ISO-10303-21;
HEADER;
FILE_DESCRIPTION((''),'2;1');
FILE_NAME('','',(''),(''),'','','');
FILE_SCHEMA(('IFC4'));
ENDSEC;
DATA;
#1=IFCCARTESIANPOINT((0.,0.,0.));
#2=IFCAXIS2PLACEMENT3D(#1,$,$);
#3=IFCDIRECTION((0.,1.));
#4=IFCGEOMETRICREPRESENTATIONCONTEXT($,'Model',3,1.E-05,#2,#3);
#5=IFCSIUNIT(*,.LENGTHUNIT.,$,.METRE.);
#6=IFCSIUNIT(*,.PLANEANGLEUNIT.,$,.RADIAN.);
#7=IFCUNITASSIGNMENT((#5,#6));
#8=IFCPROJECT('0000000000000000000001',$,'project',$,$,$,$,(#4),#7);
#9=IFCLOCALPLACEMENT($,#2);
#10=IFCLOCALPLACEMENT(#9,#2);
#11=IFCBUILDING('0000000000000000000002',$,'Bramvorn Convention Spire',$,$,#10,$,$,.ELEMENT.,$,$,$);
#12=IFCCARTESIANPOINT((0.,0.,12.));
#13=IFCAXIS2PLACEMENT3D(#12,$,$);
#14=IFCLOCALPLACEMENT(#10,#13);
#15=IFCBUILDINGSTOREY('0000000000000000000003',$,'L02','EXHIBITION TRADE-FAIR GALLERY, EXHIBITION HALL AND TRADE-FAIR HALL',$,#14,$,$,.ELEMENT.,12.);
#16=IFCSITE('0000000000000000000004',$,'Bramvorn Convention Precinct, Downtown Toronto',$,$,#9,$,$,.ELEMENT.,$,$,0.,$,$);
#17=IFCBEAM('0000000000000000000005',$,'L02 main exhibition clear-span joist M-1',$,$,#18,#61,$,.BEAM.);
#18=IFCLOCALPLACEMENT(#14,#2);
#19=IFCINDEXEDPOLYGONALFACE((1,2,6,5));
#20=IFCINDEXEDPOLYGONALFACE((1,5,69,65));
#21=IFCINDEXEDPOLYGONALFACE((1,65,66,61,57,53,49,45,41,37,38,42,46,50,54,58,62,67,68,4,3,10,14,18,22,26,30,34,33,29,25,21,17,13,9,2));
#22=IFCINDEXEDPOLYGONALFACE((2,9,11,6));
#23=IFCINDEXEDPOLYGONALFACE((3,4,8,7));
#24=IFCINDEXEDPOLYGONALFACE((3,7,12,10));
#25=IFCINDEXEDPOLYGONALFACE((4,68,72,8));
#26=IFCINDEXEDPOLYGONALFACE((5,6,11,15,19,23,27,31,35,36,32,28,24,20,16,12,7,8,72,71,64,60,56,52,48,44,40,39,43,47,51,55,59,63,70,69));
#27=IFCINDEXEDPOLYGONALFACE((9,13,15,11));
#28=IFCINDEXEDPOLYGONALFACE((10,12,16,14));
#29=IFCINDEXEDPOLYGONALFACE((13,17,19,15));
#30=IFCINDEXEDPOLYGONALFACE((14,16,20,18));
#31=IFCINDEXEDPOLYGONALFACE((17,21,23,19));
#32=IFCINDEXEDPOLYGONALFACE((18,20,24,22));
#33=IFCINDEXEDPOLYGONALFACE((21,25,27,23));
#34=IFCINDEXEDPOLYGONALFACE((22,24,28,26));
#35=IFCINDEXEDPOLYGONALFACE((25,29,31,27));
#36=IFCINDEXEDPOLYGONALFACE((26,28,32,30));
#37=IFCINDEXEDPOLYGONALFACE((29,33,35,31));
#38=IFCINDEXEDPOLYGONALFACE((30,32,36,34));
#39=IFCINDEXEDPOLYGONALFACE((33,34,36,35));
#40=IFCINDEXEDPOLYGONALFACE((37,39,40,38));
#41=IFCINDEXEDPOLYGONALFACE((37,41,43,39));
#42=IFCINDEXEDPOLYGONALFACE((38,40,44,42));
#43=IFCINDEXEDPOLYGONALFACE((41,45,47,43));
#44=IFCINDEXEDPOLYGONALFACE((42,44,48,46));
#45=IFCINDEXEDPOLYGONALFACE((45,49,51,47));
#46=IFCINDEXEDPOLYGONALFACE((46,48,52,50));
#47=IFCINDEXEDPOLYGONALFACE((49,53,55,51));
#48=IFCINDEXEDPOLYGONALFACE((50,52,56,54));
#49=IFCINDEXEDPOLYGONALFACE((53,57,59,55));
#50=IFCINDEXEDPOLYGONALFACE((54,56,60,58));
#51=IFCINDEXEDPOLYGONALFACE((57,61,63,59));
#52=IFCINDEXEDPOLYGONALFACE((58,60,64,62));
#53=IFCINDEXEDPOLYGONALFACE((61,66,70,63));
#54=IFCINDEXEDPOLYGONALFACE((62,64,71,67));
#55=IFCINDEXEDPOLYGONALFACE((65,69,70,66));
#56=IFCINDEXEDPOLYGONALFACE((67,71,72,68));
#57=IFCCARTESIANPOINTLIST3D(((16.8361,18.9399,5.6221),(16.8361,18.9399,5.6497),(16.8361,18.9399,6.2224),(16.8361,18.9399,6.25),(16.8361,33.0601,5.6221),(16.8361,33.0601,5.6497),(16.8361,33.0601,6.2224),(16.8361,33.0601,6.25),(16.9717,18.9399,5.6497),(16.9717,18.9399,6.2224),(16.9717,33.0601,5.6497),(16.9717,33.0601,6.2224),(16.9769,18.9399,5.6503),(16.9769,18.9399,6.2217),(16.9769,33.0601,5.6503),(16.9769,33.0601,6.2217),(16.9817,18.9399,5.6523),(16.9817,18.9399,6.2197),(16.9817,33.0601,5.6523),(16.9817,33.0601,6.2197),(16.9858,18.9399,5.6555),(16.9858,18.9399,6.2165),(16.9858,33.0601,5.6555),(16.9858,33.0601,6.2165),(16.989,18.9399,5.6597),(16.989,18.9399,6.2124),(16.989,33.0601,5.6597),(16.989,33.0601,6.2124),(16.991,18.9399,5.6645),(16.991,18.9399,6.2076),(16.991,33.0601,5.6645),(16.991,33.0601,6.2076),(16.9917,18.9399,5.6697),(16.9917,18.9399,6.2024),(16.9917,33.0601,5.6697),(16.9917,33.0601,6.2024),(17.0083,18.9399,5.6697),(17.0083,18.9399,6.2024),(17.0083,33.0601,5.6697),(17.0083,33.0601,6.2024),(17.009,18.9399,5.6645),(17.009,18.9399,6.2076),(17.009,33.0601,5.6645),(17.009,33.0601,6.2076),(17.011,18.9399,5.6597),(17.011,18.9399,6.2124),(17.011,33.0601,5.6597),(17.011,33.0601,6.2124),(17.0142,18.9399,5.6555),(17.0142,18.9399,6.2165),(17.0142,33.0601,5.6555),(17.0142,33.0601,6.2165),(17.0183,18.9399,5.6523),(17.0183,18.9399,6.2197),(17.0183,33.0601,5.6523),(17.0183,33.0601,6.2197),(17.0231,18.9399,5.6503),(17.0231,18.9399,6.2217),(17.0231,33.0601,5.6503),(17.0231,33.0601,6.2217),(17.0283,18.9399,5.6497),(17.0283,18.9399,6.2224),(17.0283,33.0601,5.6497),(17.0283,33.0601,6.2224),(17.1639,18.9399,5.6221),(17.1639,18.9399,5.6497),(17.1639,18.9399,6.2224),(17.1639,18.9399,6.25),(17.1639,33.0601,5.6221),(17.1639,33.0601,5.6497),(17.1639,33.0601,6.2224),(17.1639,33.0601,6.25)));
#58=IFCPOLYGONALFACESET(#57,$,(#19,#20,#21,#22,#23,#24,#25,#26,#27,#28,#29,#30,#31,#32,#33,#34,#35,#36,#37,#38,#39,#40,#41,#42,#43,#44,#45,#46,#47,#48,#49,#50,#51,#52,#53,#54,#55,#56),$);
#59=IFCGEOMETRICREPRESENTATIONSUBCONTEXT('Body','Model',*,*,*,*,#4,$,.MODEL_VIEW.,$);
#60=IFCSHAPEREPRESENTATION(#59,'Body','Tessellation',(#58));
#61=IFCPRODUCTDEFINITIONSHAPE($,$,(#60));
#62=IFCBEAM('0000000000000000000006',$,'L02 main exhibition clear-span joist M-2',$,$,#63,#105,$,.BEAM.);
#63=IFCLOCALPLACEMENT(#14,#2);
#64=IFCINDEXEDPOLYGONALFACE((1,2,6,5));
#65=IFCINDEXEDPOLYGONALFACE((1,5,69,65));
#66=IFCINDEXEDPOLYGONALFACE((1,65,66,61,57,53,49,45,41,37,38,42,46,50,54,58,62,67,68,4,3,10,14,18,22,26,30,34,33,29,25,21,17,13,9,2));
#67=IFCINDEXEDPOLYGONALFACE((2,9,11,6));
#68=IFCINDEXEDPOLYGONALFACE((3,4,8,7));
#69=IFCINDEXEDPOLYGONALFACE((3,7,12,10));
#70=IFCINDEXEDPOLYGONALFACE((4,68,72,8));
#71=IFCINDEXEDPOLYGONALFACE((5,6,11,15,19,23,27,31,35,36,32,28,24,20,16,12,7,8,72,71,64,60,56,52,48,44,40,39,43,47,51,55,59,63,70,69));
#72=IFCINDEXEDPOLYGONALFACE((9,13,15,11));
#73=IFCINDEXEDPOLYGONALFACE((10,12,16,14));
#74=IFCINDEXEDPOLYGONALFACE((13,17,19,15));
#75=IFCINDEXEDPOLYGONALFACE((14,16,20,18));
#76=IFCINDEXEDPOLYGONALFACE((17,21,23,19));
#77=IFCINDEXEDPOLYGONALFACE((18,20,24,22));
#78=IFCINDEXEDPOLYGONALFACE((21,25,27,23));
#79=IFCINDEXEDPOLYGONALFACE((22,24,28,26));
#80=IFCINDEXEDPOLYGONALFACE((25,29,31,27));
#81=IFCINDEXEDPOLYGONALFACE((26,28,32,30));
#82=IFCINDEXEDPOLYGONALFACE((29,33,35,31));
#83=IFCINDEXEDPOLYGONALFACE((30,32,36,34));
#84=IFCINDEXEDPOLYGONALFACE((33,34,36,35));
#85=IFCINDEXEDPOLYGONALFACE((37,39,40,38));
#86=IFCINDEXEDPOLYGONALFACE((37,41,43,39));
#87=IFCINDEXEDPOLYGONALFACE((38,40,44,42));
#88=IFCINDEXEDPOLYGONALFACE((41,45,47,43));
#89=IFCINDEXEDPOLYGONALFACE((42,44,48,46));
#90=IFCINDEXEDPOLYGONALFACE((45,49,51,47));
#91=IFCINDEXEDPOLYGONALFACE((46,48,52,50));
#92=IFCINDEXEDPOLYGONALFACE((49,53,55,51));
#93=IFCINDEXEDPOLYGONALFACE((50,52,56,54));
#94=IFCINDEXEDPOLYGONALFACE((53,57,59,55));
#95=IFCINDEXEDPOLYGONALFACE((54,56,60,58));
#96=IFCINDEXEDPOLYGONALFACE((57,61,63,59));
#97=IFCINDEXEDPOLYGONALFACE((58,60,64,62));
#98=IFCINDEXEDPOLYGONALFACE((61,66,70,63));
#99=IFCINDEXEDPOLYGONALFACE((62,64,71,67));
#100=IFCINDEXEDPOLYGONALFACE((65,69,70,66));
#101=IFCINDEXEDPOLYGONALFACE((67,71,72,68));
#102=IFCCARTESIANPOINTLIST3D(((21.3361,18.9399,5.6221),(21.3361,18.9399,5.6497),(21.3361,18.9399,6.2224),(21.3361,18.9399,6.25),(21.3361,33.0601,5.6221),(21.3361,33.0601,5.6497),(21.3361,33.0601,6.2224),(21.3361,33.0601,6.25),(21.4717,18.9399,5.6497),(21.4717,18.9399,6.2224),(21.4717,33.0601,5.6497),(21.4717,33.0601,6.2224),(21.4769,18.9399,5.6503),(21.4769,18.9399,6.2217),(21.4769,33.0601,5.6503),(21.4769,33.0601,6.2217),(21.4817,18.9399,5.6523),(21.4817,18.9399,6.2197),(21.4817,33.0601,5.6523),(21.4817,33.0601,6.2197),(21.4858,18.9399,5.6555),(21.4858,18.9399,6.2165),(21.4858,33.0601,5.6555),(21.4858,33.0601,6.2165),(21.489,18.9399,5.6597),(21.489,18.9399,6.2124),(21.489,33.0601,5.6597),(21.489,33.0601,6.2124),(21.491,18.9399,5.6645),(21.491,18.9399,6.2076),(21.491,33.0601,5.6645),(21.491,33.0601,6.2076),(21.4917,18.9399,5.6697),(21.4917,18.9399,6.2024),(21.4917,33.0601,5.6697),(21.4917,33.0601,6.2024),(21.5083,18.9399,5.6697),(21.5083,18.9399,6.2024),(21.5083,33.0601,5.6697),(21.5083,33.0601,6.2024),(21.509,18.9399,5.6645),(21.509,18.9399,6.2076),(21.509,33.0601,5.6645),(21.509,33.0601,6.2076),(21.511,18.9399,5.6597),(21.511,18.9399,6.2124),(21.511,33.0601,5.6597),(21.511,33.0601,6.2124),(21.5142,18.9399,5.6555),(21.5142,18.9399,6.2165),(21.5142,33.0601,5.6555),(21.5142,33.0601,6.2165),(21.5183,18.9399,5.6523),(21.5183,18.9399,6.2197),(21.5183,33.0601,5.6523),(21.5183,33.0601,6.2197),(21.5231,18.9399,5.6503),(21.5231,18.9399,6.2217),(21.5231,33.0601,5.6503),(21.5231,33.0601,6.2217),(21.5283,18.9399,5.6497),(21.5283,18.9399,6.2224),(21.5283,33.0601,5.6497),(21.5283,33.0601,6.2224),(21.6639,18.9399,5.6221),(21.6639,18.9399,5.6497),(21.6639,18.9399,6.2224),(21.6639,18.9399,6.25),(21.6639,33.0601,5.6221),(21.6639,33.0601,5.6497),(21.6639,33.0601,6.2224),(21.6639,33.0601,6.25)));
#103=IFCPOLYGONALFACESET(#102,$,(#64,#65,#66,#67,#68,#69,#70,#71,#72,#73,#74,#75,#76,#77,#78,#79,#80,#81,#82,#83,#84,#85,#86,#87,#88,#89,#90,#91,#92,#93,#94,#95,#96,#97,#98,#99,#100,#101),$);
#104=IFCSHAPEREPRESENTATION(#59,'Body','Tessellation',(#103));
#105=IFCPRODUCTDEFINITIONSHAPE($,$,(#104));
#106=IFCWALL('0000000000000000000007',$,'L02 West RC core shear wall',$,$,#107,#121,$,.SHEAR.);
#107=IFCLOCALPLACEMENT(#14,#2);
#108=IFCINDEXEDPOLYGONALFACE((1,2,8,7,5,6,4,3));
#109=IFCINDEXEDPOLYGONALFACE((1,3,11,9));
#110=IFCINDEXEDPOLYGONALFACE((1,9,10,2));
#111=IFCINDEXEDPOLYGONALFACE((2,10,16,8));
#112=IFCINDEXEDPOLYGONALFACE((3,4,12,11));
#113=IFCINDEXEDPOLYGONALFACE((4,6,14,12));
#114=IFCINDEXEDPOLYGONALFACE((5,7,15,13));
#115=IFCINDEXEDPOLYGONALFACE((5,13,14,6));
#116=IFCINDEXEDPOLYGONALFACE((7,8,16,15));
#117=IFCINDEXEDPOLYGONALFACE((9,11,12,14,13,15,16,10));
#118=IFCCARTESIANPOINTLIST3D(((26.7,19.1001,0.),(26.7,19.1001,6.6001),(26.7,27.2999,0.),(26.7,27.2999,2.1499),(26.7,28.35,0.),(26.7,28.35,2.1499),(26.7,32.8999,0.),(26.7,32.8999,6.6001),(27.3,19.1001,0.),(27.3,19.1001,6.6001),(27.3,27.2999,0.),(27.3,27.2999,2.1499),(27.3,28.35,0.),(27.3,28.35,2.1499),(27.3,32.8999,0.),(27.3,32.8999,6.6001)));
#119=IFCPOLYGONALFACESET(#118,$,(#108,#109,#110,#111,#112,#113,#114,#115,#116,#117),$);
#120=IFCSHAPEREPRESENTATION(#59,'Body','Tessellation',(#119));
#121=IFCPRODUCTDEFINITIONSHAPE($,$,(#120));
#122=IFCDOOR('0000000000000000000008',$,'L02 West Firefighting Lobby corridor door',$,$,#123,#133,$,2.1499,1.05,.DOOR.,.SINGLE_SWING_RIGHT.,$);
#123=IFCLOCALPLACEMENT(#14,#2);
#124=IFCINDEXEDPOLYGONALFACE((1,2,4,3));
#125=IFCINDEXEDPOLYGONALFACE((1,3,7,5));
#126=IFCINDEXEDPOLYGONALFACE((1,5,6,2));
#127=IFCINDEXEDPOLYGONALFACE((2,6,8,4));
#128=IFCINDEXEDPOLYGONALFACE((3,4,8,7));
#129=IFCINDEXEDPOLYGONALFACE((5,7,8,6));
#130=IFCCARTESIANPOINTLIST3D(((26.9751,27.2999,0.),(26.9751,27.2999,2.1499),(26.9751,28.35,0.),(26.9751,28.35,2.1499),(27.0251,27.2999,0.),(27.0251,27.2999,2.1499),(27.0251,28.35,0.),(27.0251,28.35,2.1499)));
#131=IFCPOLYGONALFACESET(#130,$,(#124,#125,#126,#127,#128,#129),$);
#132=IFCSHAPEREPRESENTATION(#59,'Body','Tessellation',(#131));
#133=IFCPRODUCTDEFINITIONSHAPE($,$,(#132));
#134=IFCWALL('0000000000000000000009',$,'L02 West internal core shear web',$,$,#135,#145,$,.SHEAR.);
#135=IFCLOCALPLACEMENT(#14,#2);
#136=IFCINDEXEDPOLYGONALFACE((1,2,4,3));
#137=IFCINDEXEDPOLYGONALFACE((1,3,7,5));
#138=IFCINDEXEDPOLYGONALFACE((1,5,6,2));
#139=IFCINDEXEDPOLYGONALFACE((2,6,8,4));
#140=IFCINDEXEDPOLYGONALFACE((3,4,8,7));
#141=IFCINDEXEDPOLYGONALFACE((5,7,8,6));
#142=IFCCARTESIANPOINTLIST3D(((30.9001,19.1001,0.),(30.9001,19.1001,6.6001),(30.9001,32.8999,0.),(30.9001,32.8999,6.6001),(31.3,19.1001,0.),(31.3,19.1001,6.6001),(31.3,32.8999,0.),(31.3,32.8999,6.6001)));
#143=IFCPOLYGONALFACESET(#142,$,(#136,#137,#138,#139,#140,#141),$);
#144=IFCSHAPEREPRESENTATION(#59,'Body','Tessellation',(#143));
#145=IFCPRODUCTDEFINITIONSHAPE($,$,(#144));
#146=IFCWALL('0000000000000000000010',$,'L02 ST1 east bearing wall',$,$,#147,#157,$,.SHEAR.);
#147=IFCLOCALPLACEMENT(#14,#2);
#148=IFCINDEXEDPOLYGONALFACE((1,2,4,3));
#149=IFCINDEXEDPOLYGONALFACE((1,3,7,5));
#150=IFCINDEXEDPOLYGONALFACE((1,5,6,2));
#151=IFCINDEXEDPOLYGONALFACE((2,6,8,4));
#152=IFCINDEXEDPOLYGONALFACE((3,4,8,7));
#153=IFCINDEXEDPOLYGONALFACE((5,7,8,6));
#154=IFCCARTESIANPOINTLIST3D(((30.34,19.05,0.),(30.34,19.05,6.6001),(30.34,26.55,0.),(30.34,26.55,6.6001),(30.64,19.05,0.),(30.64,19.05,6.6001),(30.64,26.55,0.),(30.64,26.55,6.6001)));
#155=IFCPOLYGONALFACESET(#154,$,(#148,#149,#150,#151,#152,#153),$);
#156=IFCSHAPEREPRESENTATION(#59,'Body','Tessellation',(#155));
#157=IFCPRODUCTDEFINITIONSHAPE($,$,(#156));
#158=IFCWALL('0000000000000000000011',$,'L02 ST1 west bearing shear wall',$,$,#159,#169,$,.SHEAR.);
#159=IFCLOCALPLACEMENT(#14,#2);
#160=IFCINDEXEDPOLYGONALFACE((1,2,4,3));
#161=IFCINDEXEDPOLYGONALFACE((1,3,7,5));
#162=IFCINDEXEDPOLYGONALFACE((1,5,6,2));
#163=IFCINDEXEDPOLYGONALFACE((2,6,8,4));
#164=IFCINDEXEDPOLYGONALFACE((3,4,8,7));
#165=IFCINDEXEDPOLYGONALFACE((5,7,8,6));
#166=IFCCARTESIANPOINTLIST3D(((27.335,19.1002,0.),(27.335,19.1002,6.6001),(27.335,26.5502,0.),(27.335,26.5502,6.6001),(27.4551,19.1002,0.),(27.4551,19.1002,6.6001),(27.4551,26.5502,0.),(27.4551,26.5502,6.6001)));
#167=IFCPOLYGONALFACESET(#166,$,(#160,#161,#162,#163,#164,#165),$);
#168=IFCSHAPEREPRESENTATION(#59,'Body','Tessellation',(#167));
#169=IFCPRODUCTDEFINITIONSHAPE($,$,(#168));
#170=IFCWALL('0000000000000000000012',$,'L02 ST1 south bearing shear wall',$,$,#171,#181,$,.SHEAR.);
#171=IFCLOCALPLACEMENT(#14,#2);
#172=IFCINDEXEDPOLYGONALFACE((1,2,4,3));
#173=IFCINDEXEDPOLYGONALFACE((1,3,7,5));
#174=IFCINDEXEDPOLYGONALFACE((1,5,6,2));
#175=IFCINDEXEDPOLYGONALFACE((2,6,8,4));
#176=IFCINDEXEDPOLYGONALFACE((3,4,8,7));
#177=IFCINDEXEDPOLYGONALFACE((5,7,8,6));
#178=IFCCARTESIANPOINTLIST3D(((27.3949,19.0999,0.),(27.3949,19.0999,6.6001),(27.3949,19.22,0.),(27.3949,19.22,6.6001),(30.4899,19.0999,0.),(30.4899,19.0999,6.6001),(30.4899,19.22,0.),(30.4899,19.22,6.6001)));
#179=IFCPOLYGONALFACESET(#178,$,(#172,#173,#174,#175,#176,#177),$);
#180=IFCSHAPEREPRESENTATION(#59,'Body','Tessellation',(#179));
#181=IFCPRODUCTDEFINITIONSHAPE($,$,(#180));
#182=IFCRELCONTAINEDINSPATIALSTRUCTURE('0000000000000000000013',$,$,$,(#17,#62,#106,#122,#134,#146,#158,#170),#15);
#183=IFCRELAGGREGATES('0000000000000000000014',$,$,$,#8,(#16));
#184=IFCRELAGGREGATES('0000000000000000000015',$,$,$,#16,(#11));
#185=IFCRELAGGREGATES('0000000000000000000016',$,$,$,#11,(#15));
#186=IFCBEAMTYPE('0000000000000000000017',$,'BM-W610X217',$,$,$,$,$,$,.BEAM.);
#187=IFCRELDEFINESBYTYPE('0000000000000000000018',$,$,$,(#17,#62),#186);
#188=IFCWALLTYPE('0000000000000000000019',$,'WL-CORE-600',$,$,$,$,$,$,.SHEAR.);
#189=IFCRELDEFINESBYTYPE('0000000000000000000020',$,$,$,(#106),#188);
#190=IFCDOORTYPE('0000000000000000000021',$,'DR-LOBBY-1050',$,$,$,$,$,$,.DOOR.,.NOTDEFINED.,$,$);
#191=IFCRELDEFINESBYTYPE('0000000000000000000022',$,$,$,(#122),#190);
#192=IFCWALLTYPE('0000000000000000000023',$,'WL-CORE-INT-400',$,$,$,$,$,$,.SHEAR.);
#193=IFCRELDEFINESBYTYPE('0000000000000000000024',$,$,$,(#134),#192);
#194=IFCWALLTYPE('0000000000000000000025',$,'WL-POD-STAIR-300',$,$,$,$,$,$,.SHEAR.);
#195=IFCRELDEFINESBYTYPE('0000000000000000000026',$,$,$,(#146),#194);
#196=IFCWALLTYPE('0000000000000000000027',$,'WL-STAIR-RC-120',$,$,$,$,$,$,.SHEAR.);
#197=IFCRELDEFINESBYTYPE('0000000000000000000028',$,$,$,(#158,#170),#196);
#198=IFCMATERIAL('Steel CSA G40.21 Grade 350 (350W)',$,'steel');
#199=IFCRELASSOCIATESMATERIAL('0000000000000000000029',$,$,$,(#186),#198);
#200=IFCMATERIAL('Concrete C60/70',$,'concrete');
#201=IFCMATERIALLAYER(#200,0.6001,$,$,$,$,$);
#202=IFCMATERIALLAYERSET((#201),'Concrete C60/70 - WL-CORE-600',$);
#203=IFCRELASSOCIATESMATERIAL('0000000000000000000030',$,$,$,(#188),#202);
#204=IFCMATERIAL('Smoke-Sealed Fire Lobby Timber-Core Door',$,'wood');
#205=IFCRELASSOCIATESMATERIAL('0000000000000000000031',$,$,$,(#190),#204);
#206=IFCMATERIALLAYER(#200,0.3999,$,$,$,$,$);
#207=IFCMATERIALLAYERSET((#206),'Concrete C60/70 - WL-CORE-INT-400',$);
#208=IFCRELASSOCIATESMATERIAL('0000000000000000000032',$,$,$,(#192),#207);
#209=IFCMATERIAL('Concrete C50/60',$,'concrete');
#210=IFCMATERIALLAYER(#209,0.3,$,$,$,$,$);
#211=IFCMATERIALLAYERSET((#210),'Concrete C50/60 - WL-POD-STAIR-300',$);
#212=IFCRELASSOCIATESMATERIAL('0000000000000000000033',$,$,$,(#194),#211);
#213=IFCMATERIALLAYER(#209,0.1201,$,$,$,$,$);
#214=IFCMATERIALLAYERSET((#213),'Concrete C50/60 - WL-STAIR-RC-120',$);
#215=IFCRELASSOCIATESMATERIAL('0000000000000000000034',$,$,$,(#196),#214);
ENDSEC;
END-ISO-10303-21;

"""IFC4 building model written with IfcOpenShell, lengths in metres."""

from ifc_helpers import new_model, si_unit, direction, frame, frame_2d, origin, origin_2d, place, context, subcontext, project, spatial, rectangle, i_section, extrude, material, layer, layer_set, material_profile, profile_set, type_object, element, fill, save


model = new_model("IFC4")

# Units and contexts
model_context = context("Model", 3, precision=1e-05, world=origin(), true_north=direction((0.0, 1.0)))
body_context = subcontext(model_context, "Body", "Model", "MODEL_VIEW")
ifc_project = project(units=[si_unit("LENGTHUNIT", "METRE"), si_unit("PLANEANGLEUNIT", "RADIAN")], contexts=[model_context])

# Site, building, storey
site_placement = place(None, origin())
site = spatial("IfcSite", under=ifc_project, at=site_placement, Name="Bramvorn Convention Precinct, Downtown Toronto", CompositionType="ELEMENT", RefElevation=0.0)
building_placement = place(site_placement, origin())
building = spatial("IfcBuilding", under=site, at=building_placement, Name="Bramvorn Convention Spire", CompositionType="ELEMENT")
storey_placement = place(building_placement, frame((0.0, 0.0, 12.0)))
storey = spatial("IfcBuildingStorey", under=building, at=storey_placement, Name="L02", Description="EXHIBITION TRADE-FAIR GALLERY, EXHIBITION HALL AND TRADE-FAIR HALL", CompositionType="ELEMENT", Elevation=12.0)

# Beams
ifc_material_1 = material(Name="Steel CSA G40.21 Grade 350 (350W)", Category="steel")
ifc_material_profile = material_profile(ifc_material_1, i_section(OverallWidth=0.3279, OverallDepth=0.6279, WebThickness=0.0166, FlangeThickness=0.0276, FilletRadius=0.02, at=origin_2d()))
ifc_profile_set = profile_set([ifc_material_profile], Name="Steel CSA G40.21 Grade 350 (350W) - W610X217")
beam_type = type_object("IfcBeamType", Name="BM-W610X217", PredefinedType="BEAM", material=ifc_profile_set)
for number, where, z_axis, x_axis, name in (
    (1, (17.0, 18.9399, 5.936), (0.0, 1.0, 0.0), (-1.0, 0.0, 0.0), "L02 main exhibition clear-span joist M-1"),
    (2, (21.5, 18.9399, 5.936), (0.0, 1.0, 0.0), (-1.0, 0.0, 0.0), "L02 main exhibition clear-span joist M-2"),
):
    element("IfcBeam", number, at=place(storey_placement, frame(where, z_axis=z_axis, x_axis=x_axis)), inside=storey, type_object=beam_type, Name=name, PredefinedType="BEAM", context=body_context, shape_type="SweptSolid", body=[
        extrude(i_section(OverallWidth=0.3279, OverallDepth=0.6279, WebThickness=0.0166, FlangeThickness=0.0276, FilletRadius=0.02, at=origin_2d()), origin(), (0.0, 0.0, 1.0), 14.1201),
    ])

# Wall, opening, door
ifc_material_2 = material(Name="Concrete C60/70", Category="concrete")
ifc_layer_1 = layer(ifc_material_2, 0.6001)
ifc_layer_set_1 = layer_set([ifc_layer_1], Name="Concrete C60/70 - WL-CORE-600")
wall_type_1 = type_object("IfcWallType", Name="WL-CORE-600", PredefinedType="SHEAR", material=ifc_layer_set_1)
wall_1_placement = place(storey_placement, frame((27.0, 19.1001, 0.0), z_axis=(0.0, 0.0, 1.0), x_axis=(0.0, 1.0, 0.0)))
wall_1 = element("IfcWall", 3, at=wall_1_placement, inside=storey, type_object=wall_type_1, Name="L02 West RC core shear wall", PredefinedType="SHEAR", context=body_context, shape_type="SweptSolid", body=[
    extrude(rectangle(XDim=13.7998, YDim=0.6001, at=frame_2d((6.8999, 0.0))), origin(), (0.0, 0.0, 1.0), 6.6001),
])
opening_placement = place(wall_1_placement, frame((8.2, 0.0, 0.0)))
opening = element("IfcOpeningElement", 4, at=opening_placement, cuts=wall_1, PredefinedType="OPENING", context=body_context, shape_type="SweptSolid", body=[
    extrude(rectangle(XDim=1.05, YDim=2.1499, at=frame_2d((0.5249, 1.075))), frame((0.0, 0.3101, 0.0), z_axis=(0.0, -1.0, 0.0), x_axis=(1.0, 0.0, 0.0)), (0.0, 0.0, 1.0), 0.6201),
])
ifc_material_3 = material(Name="Smoke-Sealed Fire Lobby Timber-Core Door", Category="wood")
door_type = type_object("IfcDoorType", Name="DR-LOBBY-1050", OperationType="NOTDEFINED", PredefinedType="DOOR", material=ifc_material_3)
door_placement = place(opening_placement, origin())
door = element("IfcDoor", 5, at=door_placement, inside=storey, type_object=door_type, Name="L02 West Firefighting Lobby corridor door", OperationType="SINGLE_SWING_RIGHT", OverallHeight=2.1499, OverallWidth=1.05, PredefinedType="DOOR", context=body_context, shape_type="SweptSolid", body=[
    extrude(rectangle(XDim=1.05, YDim=2.1499, at=frame_2d((0.5249, 1.075))), frame((0.0, 0.0249, 0.0), z_axis=(0.0, -1.0, 0.0), x_axis=(1.0, 0.0, 0.0)), (0.0, 0.0, 1.0), 0.05),
])
fill(opening, door)

# Walls
ifc_layer_2 = layer(ifc_material_2, 0.3999)
ifc_layer_set_2 = layer_set([ifc_layer_2], Name="Concrete C60/70 - WL-CORE-INT-400")
wall_type_2 = type_object("IfcWallType", Name="WL-CORE-INT-400", PredefinedType="SHEAR", material=ifc_layer_set_2)
wall_2_placement = place(storey_placement, frame((31.1001, 19.1001, 0.0), z_axis=(0.0, 0.0, 1.0), x_axis=(0.0, 1.0, 0.0)))
element("IfcWall", 6, at=wall_2_placement, inside=storey, type_object=wall_type_2, Name="L02 West internal core shear web", PredefinedType="SHEAR", context=body_context, shape_type="SweptSolid", body=[
    extrude(rectangle(XDim=13.7998, YDim=0.3999, at=frame_2d((6.8999, 0.0))), origin(), (0.0, 0.0, 1.0), 6.6001),
])
ifc_material_4 = material(Name="Concrete C50/60", Category="concrete")
ifc_layer_3 = layer(ifc_material_4, 0.3)
ifc_layer_set_3 = layer_set([ifc_layer_3], Name="Concrete C50/60 - WL-POD-STAIR-300")
wall_type_3 = type_object("IfcWallType", Name="WL-POD-STAIR-300", PredefinedType="SHEAR", material=ifc_layer_set_3)
wall_3_placement = place(storey_placement, frame((30.49, 19.05, 0.0), z_axis=(0.0, 0.0, 1.0), x_axis=(0.0, 1.0, 0.0)))
element("IfcWall", 7, at=wall_3_placement, inside=storey, type_object=wall_type_3, Name="L02 ST1 east bearing wall", PredefinedType="SHEAR", context=body_context, shape_type="SweptSolid", body=[
    extrude(rectangle(XDim=7.5, YDim=0.3, at=frame_2d((3.75, 0.0))), origin(), (0.0, 0.0, 1.0), 6.6001),
])
ifc_layer_4 = layer(ifc_material_4, 0.1201)
ifc_layer_set_4 = layer_set([ifc_layer_4], Name="Concrete C50/60 - WL-STAIR-RC-120")
wall_type_4 = type_object("IfcWallType", Name="WL-STAIR-RC-120", PredefinedType="SHEAR", material=ifc_layer_set_4)
wall_4_placement = place(storey_placement, frame((27.395, 19.1001, 0.0), z_axis=(0.0, 0.0, 1.0), x_axis=(0.0, 1.0, 0.0)))
element("IfcWall", 8, at=wall_4_placement, inside=storey, type_object=wall_type_4, Name="L02 ST1 west bearing shear wall", PredefinedType="SHEAR", context=body_context, shape_type="SweptSolid", body=[
    extrude(rectangle(XDim=7.45, YDim=0.1201, at=frame_2d((3.7251, 0.0))), origin(), (0.0, 0.0, 1.0), 6.6001),
])
wall_5_placement = place(storey_placement, frame((27.395, 19.1599, 0.0), z_axis=(0.0, 0.0, 1.0), x_axis=(1.0, 0.0, 0.0)))
element("IfcWall", 9, at=wall_5_placement, inside=storey, type_object=wall_type_4, Name="L02 ST1 south bearing shear wall", PredefinedType="SHEAR", context=body_context, shape_type="SweptSolid", body=[
    extrude(rectangle(XDim=3.095, YDim=0.1201, at=frame_2d((1.5474, 0.0))), origin(), (0.0, 0.0, 1.0), 6.6001),
])

save(model, "model.ifc")
